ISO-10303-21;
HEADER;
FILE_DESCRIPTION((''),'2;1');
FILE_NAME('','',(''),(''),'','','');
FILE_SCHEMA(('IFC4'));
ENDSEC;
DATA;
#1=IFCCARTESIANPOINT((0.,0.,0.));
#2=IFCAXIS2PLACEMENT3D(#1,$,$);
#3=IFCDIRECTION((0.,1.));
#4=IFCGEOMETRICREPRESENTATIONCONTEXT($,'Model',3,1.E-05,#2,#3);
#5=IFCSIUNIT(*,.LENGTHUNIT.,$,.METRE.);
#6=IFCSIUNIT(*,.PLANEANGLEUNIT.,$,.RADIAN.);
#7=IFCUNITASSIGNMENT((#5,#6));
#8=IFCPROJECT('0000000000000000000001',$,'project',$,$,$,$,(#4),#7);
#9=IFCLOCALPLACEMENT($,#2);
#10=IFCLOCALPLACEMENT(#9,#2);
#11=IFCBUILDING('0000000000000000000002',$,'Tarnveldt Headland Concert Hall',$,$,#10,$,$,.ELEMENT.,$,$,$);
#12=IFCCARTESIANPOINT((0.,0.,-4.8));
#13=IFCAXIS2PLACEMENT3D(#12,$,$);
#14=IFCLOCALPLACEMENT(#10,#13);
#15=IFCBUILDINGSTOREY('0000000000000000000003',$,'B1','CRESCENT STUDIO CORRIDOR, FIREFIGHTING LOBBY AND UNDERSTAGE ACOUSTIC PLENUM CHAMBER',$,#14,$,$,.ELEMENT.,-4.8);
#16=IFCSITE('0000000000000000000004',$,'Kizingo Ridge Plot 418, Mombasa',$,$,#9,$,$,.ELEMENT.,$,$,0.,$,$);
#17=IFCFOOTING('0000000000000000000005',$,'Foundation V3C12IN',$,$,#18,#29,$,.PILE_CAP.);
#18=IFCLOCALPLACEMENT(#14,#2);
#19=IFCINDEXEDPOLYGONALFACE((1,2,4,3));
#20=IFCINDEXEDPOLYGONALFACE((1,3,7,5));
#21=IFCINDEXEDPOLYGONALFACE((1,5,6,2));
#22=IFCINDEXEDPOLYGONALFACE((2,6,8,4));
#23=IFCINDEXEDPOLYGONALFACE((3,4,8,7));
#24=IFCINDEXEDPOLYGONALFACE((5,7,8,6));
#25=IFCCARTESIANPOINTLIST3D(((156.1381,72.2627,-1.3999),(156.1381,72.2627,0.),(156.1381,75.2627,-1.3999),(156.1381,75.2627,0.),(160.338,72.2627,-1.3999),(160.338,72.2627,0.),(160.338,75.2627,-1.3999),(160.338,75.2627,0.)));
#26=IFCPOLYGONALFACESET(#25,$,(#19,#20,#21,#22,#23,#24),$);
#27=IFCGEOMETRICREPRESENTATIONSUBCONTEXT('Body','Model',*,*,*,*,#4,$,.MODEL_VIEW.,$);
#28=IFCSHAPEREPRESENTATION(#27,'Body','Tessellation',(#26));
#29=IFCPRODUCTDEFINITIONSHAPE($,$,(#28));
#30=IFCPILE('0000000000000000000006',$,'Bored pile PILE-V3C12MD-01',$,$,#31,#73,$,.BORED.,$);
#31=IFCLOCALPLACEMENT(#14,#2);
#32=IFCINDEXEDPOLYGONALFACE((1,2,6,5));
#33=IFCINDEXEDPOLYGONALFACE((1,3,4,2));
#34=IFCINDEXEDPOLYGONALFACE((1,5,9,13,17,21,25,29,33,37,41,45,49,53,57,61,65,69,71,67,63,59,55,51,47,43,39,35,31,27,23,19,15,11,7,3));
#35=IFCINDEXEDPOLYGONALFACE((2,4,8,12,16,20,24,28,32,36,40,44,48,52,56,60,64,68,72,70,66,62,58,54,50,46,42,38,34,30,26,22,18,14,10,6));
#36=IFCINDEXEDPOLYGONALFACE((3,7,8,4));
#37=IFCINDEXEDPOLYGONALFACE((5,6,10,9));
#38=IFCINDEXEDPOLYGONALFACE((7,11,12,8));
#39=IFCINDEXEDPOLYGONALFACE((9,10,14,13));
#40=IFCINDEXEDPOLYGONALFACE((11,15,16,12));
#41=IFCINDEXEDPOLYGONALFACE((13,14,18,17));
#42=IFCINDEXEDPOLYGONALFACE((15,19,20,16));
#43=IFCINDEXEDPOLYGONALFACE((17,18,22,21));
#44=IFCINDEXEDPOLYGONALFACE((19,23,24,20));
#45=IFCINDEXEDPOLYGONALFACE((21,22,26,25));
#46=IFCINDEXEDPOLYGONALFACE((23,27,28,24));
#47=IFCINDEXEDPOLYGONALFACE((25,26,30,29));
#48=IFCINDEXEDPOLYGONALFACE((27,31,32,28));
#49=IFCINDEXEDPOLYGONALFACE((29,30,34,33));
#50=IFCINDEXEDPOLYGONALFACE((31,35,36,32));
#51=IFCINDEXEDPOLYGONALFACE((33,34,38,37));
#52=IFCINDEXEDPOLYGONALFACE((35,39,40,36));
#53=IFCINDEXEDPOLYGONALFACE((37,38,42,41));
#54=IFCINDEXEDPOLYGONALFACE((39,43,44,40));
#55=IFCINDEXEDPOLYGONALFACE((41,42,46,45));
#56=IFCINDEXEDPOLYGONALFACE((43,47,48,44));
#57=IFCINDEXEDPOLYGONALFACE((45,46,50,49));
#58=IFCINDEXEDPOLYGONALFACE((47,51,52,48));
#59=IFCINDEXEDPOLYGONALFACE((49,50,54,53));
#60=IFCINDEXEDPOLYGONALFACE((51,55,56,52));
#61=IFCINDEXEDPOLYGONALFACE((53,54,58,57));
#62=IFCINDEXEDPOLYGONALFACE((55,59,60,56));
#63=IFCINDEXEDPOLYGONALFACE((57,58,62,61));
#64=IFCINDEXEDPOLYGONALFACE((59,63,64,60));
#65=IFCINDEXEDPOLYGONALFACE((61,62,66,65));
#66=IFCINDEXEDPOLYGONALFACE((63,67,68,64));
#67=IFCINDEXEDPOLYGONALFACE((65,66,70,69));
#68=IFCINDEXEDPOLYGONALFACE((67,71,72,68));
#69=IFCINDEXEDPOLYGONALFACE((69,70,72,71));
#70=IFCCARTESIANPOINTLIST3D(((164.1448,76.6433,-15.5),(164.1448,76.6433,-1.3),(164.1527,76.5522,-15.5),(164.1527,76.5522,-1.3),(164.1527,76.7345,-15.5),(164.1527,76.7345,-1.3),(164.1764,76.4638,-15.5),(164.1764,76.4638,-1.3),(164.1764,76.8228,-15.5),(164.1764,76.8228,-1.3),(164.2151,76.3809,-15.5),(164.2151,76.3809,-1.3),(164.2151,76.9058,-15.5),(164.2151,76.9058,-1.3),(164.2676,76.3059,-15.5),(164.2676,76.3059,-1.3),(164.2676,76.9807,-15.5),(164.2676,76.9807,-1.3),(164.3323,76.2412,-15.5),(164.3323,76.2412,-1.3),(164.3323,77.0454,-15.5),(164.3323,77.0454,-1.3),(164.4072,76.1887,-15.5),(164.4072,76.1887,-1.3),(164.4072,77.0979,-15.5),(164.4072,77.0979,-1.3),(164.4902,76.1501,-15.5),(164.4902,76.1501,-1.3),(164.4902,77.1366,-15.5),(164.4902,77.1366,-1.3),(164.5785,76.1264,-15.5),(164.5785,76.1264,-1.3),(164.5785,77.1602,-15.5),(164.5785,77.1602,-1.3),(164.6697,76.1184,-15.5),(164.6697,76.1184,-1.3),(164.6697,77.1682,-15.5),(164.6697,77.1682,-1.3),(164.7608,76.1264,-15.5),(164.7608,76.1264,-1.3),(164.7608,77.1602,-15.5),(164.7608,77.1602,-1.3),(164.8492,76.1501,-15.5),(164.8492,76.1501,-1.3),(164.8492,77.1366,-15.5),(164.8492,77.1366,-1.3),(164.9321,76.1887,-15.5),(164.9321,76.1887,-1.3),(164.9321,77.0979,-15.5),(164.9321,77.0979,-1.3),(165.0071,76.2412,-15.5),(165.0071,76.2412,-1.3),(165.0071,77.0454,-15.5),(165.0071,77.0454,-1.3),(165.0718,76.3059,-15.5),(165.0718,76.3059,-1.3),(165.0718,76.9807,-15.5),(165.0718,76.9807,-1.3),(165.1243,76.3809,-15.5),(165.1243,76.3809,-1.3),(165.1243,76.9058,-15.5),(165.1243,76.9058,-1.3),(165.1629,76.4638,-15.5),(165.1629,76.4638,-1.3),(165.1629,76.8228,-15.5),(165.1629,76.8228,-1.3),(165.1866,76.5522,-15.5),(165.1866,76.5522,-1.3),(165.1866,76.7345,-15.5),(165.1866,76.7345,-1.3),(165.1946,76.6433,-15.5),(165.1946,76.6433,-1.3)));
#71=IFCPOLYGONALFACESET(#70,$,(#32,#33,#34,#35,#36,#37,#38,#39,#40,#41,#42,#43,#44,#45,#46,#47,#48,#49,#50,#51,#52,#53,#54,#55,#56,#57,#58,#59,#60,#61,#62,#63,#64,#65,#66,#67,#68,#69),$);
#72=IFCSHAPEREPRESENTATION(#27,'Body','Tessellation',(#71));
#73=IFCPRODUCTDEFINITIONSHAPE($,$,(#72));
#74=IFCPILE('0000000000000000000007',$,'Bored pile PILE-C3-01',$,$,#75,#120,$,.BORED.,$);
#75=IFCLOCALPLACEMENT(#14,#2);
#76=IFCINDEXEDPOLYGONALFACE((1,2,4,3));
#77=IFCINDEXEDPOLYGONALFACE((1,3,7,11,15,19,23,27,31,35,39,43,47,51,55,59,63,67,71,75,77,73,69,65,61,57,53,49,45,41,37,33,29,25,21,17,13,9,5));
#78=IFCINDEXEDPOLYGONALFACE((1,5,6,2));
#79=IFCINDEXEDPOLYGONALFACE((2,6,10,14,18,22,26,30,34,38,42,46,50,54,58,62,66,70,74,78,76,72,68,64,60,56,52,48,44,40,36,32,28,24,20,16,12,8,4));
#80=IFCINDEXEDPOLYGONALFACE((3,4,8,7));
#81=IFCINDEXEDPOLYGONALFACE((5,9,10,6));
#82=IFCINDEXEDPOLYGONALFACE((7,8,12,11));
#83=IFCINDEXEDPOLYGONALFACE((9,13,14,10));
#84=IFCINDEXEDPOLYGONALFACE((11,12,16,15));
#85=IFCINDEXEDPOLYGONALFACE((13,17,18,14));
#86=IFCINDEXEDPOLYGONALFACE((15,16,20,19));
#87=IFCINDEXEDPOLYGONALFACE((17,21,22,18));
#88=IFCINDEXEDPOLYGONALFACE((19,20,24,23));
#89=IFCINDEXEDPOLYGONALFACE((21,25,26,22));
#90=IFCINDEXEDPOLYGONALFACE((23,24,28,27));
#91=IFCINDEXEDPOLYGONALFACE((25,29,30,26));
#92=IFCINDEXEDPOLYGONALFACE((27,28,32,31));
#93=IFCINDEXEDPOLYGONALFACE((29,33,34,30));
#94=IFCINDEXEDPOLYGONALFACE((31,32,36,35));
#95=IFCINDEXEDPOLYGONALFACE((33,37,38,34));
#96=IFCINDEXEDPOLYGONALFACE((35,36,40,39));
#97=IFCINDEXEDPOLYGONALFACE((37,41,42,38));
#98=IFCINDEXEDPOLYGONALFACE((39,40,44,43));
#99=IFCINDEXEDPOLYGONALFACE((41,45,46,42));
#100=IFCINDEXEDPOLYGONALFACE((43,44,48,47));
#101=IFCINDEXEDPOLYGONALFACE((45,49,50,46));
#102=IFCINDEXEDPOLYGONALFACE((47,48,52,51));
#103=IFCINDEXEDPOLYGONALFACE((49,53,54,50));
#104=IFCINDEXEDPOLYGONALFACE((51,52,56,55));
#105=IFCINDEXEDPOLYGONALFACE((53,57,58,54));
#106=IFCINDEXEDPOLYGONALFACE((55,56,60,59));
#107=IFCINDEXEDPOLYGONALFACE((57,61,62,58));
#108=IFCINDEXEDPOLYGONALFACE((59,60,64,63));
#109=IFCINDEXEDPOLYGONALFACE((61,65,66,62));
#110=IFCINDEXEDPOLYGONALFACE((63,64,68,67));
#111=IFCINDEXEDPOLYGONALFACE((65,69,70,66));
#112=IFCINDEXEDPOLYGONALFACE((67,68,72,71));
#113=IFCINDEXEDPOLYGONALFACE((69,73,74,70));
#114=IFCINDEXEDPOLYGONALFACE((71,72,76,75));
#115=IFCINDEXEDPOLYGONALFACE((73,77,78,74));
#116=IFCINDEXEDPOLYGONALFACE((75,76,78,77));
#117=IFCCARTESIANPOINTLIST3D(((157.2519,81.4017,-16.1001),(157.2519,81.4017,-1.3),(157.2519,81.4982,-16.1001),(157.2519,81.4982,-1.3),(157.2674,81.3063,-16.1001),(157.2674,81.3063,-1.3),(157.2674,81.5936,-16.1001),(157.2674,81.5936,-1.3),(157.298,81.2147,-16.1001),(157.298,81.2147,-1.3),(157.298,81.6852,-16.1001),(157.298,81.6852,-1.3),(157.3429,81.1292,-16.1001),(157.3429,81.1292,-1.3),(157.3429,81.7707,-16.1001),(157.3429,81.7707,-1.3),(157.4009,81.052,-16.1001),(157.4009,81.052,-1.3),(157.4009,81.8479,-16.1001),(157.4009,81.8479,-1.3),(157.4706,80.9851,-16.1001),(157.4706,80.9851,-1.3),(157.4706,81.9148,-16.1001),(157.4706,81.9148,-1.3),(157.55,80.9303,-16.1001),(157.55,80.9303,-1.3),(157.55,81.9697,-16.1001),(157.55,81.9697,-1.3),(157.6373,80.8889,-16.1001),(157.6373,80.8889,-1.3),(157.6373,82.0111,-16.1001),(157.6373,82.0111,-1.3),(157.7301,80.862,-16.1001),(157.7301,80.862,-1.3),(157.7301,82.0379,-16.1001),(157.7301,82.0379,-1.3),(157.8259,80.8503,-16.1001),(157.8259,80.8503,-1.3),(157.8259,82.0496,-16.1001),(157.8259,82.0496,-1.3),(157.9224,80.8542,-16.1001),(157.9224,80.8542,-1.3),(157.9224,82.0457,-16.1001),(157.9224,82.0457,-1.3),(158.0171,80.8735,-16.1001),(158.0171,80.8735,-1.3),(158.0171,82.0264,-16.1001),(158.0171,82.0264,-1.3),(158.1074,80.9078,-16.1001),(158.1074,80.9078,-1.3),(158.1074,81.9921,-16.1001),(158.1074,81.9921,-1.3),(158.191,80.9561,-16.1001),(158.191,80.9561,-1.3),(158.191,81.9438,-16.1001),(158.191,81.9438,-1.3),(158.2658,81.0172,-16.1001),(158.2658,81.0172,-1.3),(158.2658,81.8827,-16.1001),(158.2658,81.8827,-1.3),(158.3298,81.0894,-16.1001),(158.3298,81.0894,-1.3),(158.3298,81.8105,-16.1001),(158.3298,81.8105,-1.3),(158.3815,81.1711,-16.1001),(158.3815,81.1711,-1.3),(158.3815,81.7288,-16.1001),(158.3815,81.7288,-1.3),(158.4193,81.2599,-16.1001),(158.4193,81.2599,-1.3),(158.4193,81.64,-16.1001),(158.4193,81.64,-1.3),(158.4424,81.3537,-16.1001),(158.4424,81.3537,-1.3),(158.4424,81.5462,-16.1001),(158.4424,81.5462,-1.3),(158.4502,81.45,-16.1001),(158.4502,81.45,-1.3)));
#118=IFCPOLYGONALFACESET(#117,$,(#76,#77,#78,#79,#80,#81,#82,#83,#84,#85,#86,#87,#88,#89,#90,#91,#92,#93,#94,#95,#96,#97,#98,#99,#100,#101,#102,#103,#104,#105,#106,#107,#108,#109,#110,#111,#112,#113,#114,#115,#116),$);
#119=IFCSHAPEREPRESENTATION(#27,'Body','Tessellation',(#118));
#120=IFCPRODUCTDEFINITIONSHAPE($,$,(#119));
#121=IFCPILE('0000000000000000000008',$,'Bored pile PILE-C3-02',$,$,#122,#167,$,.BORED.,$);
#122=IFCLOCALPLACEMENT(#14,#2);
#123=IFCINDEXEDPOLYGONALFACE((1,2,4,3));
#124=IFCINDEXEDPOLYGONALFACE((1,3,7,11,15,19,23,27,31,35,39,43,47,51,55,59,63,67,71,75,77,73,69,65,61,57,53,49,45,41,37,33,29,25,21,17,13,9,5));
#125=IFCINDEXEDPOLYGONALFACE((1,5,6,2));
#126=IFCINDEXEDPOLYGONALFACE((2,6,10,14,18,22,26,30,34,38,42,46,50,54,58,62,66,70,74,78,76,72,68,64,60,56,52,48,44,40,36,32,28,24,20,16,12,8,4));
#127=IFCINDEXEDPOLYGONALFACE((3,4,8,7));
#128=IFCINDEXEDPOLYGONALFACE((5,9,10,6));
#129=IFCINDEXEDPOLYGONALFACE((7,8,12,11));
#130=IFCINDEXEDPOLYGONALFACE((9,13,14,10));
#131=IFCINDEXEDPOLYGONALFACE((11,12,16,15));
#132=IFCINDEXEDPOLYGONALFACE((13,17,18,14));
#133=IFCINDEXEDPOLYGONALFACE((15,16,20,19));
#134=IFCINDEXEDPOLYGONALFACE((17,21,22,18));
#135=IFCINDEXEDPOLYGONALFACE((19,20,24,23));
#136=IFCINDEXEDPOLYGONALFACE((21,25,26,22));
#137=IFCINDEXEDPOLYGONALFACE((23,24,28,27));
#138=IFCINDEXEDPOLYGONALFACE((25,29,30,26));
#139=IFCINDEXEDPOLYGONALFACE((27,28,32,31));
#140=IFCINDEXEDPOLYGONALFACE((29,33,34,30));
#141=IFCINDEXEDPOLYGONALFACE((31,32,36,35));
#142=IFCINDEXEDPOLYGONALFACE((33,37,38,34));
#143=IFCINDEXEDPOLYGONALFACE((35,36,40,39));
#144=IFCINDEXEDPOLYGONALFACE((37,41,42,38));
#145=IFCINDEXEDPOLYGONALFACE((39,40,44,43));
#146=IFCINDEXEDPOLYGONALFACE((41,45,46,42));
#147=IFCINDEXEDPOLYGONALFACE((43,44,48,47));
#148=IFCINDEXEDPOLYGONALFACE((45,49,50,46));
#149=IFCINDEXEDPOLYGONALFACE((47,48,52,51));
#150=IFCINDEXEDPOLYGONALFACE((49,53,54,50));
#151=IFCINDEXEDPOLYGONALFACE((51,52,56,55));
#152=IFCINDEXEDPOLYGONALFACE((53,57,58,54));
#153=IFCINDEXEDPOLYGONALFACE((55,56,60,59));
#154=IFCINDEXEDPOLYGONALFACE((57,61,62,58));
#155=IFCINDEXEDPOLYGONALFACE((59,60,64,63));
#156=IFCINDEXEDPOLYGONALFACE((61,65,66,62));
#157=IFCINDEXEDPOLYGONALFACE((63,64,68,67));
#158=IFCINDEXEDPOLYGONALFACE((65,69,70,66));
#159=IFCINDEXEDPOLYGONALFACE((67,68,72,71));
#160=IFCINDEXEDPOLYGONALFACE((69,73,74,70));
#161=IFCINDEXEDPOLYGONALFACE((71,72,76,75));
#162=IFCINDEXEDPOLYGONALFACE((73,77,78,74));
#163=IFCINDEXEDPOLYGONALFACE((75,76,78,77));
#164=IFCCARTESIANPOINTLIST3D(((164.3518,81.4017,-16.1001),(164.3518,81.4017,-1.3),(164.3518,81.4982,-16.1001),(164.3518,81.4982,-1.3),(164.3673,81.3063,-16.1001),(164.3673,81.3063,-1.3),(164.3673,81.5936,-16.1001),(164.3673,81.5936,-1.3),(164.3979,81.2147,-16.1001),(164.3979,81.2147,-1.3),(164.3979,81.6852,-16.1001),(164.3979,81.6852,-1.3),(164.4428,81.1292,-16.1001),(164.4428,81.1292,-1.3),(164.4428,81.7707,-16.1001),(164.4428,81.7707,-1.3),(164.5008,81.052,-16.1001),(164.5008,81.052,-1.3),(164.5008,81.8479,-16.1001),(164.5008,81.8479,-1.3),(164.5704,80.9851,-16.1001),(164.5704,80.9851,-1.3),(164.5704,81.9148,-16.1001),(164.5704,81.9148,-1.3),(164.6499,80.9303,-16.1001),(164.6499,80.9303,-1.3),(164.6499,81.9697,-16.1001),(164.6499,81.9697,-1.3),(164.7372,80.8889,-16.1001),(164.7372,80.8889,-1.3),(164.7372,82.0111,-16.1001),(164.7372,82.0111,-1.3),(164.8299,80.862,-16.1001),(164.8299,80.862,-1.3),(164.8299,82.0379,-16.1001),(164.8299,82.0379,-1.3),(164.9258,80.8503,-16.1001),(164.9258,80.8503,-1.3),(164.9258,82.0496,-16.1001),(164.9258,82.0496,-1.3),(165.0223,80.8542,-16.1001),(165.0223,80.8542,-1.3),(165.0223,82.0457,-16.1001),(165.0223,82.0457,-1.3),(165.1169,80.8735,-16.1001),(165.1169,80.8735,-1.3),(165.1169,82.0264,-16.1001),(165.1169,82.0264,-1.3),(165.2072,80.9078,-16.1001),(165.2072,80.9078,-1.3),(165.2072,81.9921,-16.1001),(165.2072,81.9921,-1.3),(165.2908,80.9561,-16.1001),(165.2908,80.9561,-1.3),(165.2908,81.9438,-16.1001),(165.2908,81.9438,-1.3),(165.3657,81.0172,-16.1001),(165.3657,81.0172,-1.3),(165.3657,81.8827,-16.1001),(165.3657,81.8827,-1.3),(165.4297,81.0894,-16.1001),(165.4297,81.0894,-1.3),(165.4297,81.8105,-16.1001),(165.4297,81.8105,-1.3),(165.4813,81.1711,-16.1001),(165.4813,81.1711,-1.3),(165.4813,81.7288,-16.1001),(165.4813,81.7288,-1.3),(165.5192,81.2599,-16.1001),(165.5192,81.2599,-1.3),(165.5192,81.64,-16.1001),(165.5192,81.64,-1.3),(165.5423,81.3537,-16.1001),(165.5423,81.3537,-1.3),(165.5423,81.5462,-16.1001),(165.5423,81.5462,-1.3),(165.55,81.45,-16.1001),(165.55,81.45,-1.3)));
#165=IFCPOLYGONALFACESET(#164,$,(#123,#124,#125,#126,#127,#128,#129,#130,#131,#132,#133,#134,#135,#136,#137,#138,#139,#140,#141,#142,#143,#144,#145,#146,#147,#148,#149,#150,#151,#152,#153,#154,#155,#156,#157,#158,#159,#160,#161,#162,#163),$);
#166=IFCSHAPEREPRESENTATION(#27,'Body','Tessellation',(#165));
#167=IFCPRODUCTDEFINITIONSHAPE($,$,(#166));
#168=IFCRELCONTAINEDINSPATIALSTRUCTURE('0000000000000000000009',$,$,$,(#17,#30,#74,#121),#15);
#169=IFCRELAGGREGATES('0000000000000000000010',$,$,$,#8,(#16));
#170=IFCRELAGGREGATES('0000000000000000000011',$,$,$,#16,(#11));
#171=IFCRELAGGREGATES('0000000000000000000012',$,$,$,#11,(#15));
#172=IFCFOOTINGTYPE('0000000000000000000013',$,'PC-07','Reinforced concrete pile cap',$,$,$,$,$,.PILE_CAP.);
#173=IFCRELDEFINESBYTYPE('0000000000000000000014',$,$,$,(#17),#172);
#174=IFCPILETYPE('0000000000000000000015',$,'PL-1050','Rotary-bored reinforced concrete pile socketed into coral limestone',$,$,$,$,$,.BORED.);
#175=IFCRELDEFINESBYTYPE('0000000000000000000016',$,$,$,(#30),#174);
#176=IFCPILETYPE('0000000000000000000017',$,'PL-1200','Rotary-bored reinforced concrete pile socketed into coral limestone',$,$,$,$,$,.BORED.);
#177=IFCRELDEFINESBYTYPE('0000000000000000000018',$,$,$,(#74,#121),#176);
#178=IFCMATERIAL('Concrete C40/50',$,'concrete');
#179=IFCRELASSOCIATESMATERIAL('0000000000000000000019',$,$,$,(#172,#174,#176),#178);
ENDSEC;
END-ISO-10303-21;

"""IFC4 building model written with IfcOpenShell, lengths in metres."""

from ifc_helpers import new_model, si_unit, direction, frame, origin, origin_2d, place, context, subcontext, project, spatial, rectangle, circle, extrude, material, material_profile, profile_set, type_object, element, save


model = new_model("IFC4")

# Units and contexts
model_context = context("Model", 3, precision=1e-05, world=origin(), true_north=direction((0.0, 1.0)))
body_context = subcontext(model_context, "Body", "Model", "MODEL_VIEW")
ifc_project = project(units=[si_unit("LENGTHUNIT", "METRE"), si_unit("PLANEANGLEUNIT", "RADIAN")], contexts=[model_context])

# Site, building, storey
site_placement = place(None, origin())
site = spatial("IfcSite", under=ifc_project, at=site_placement, Name="Kizingo Ridge Plot 418, Mombasa", CompositionType="ELEMENT", RefElevation=0.0)
building_placement = place(site_placement, origin())
building = spatial("IfcBuilding", under=site, at=building_placement, Name="Tarnveldt Headland Concert Hall", CompositionType="ELEMENT")
storey_placement = place(building_placement, frame((0.0, 0.0, -4.8)))
storey = spatial("IfcBuildingStorey", under=building, at=storey_placement, Name="B1", Description="CRESCENT STUDIO CORRIDOR, FIREFIGHTING LOBBY AND UNDERSTAGE ACOUSTIC PLENUM CHAMBER", CompositionType="ELEMENT", Elevation=-4.8)

# Footing
ifc_material_1 = material(Name="Concrete C40/50", Category="concrete")
footing_type = type_object("IfcFootingType", Name="PC-07", Description="Reinforced concrete pile cap", PredefinedType="PILE_CAP", material=ifc_material_1)
footing_placement = place(storey_placement, frame((158.238, 73.7627, -1.3999), z_axis=(0.0, 0.0, 1.0), x_axis=(1.0, 0.0, 0.0)))
element("IfcFooting", 1, at=footing_placement, inside=storey, type_object=footing_type, Name="Foundation V3C12IN", PredefinedType="PILE_CAP", context=body_context, shape_type="SweptSolid", body=[
    extrude(rectangle(XDim=4.2, YDim=3.0, at=origin_2d()), origin(), (0.0, 0.0, 1.0), 1.3999),
])

# Piles
ifc_material_profile_1 = material_profile(ifc_material_1, circle(Radius=0.5249, at=origin_2d()), Name="BORED PILE D1050", Category="concrete")
ifc_profile_set_1 = profile_set([ifc_material_profile_1], Name="Concrete C40/50")
pile_type_1 = type_object("IfcPileType", Name="PL-1050", Description="Rotary-bored reinforced concrete pile socketed into coral limestone", PredefinedType="BORED", material=ifc_profile_set_1)
pile_1_placement = place(storey_placement, frame((164.6697, 76.6433, -1.3), z_axis=(0.0, 0.0, -1.0), x_axis=(1.0, 0.0, 0.0)))
element("IfcPile", 2, at=pile_1_placement, inside=storey, type_object=pile_type_1, Name="Bored pile PILE-V3C12MD-01", PredefinedType="BORED", context=body_context, shape_type="SweptSolid", body=[
    extrude(circle(Radius=0.5249, at=origin_2d()), origin(), (0.0, 0.0, 1.0), 14.2),
])
ifc_material_profile_2 = material_profile(ifc_material_1, circle(Radius=0.6001, at=origin_2d()), Name="BORED PILE D1200", Category="concrete")
ifc_profile_set_2 = profile_set([ifc_material_profile_2], Name="Concrete C40/50")
pile_type_2 = type_object("IfcPileType", Name="PL-1200", Description="Rotary-bored reinforced concrete pile socketed into coral limestone", PredefinedType="BORED", material=ifc_profile_set_2)
for number, where, z_axis, x_axis, name in (
    (3, (157.8501, 81.45, -1.3), (0.0, 0.0, -1.0), (1.0, 0.0, 0.0), "Bored pile PILE-C3-01"),
    (4, (164.95, 81.45, -1.3), (0.0, 0.0, -1.0), (1.0, 0.0, 0.0), "Bored pile PILE-C3-02"),
):
    element("IfcPile", number, at=place(storey_placement, frame(where, z_axis=z_axis, x_axis=x_axis)), inside=storey, type_object=pile_type_2, Name=name, PredefinedType="BORED", context=body_context, shape_type="SweptSolid", body=[
        extrude(circle(Radius=0.6001, at=origin_2d()), origin(), (0.0, 0.0, 1.0), 14.8),
    ])

save(model, "model.ifc")
